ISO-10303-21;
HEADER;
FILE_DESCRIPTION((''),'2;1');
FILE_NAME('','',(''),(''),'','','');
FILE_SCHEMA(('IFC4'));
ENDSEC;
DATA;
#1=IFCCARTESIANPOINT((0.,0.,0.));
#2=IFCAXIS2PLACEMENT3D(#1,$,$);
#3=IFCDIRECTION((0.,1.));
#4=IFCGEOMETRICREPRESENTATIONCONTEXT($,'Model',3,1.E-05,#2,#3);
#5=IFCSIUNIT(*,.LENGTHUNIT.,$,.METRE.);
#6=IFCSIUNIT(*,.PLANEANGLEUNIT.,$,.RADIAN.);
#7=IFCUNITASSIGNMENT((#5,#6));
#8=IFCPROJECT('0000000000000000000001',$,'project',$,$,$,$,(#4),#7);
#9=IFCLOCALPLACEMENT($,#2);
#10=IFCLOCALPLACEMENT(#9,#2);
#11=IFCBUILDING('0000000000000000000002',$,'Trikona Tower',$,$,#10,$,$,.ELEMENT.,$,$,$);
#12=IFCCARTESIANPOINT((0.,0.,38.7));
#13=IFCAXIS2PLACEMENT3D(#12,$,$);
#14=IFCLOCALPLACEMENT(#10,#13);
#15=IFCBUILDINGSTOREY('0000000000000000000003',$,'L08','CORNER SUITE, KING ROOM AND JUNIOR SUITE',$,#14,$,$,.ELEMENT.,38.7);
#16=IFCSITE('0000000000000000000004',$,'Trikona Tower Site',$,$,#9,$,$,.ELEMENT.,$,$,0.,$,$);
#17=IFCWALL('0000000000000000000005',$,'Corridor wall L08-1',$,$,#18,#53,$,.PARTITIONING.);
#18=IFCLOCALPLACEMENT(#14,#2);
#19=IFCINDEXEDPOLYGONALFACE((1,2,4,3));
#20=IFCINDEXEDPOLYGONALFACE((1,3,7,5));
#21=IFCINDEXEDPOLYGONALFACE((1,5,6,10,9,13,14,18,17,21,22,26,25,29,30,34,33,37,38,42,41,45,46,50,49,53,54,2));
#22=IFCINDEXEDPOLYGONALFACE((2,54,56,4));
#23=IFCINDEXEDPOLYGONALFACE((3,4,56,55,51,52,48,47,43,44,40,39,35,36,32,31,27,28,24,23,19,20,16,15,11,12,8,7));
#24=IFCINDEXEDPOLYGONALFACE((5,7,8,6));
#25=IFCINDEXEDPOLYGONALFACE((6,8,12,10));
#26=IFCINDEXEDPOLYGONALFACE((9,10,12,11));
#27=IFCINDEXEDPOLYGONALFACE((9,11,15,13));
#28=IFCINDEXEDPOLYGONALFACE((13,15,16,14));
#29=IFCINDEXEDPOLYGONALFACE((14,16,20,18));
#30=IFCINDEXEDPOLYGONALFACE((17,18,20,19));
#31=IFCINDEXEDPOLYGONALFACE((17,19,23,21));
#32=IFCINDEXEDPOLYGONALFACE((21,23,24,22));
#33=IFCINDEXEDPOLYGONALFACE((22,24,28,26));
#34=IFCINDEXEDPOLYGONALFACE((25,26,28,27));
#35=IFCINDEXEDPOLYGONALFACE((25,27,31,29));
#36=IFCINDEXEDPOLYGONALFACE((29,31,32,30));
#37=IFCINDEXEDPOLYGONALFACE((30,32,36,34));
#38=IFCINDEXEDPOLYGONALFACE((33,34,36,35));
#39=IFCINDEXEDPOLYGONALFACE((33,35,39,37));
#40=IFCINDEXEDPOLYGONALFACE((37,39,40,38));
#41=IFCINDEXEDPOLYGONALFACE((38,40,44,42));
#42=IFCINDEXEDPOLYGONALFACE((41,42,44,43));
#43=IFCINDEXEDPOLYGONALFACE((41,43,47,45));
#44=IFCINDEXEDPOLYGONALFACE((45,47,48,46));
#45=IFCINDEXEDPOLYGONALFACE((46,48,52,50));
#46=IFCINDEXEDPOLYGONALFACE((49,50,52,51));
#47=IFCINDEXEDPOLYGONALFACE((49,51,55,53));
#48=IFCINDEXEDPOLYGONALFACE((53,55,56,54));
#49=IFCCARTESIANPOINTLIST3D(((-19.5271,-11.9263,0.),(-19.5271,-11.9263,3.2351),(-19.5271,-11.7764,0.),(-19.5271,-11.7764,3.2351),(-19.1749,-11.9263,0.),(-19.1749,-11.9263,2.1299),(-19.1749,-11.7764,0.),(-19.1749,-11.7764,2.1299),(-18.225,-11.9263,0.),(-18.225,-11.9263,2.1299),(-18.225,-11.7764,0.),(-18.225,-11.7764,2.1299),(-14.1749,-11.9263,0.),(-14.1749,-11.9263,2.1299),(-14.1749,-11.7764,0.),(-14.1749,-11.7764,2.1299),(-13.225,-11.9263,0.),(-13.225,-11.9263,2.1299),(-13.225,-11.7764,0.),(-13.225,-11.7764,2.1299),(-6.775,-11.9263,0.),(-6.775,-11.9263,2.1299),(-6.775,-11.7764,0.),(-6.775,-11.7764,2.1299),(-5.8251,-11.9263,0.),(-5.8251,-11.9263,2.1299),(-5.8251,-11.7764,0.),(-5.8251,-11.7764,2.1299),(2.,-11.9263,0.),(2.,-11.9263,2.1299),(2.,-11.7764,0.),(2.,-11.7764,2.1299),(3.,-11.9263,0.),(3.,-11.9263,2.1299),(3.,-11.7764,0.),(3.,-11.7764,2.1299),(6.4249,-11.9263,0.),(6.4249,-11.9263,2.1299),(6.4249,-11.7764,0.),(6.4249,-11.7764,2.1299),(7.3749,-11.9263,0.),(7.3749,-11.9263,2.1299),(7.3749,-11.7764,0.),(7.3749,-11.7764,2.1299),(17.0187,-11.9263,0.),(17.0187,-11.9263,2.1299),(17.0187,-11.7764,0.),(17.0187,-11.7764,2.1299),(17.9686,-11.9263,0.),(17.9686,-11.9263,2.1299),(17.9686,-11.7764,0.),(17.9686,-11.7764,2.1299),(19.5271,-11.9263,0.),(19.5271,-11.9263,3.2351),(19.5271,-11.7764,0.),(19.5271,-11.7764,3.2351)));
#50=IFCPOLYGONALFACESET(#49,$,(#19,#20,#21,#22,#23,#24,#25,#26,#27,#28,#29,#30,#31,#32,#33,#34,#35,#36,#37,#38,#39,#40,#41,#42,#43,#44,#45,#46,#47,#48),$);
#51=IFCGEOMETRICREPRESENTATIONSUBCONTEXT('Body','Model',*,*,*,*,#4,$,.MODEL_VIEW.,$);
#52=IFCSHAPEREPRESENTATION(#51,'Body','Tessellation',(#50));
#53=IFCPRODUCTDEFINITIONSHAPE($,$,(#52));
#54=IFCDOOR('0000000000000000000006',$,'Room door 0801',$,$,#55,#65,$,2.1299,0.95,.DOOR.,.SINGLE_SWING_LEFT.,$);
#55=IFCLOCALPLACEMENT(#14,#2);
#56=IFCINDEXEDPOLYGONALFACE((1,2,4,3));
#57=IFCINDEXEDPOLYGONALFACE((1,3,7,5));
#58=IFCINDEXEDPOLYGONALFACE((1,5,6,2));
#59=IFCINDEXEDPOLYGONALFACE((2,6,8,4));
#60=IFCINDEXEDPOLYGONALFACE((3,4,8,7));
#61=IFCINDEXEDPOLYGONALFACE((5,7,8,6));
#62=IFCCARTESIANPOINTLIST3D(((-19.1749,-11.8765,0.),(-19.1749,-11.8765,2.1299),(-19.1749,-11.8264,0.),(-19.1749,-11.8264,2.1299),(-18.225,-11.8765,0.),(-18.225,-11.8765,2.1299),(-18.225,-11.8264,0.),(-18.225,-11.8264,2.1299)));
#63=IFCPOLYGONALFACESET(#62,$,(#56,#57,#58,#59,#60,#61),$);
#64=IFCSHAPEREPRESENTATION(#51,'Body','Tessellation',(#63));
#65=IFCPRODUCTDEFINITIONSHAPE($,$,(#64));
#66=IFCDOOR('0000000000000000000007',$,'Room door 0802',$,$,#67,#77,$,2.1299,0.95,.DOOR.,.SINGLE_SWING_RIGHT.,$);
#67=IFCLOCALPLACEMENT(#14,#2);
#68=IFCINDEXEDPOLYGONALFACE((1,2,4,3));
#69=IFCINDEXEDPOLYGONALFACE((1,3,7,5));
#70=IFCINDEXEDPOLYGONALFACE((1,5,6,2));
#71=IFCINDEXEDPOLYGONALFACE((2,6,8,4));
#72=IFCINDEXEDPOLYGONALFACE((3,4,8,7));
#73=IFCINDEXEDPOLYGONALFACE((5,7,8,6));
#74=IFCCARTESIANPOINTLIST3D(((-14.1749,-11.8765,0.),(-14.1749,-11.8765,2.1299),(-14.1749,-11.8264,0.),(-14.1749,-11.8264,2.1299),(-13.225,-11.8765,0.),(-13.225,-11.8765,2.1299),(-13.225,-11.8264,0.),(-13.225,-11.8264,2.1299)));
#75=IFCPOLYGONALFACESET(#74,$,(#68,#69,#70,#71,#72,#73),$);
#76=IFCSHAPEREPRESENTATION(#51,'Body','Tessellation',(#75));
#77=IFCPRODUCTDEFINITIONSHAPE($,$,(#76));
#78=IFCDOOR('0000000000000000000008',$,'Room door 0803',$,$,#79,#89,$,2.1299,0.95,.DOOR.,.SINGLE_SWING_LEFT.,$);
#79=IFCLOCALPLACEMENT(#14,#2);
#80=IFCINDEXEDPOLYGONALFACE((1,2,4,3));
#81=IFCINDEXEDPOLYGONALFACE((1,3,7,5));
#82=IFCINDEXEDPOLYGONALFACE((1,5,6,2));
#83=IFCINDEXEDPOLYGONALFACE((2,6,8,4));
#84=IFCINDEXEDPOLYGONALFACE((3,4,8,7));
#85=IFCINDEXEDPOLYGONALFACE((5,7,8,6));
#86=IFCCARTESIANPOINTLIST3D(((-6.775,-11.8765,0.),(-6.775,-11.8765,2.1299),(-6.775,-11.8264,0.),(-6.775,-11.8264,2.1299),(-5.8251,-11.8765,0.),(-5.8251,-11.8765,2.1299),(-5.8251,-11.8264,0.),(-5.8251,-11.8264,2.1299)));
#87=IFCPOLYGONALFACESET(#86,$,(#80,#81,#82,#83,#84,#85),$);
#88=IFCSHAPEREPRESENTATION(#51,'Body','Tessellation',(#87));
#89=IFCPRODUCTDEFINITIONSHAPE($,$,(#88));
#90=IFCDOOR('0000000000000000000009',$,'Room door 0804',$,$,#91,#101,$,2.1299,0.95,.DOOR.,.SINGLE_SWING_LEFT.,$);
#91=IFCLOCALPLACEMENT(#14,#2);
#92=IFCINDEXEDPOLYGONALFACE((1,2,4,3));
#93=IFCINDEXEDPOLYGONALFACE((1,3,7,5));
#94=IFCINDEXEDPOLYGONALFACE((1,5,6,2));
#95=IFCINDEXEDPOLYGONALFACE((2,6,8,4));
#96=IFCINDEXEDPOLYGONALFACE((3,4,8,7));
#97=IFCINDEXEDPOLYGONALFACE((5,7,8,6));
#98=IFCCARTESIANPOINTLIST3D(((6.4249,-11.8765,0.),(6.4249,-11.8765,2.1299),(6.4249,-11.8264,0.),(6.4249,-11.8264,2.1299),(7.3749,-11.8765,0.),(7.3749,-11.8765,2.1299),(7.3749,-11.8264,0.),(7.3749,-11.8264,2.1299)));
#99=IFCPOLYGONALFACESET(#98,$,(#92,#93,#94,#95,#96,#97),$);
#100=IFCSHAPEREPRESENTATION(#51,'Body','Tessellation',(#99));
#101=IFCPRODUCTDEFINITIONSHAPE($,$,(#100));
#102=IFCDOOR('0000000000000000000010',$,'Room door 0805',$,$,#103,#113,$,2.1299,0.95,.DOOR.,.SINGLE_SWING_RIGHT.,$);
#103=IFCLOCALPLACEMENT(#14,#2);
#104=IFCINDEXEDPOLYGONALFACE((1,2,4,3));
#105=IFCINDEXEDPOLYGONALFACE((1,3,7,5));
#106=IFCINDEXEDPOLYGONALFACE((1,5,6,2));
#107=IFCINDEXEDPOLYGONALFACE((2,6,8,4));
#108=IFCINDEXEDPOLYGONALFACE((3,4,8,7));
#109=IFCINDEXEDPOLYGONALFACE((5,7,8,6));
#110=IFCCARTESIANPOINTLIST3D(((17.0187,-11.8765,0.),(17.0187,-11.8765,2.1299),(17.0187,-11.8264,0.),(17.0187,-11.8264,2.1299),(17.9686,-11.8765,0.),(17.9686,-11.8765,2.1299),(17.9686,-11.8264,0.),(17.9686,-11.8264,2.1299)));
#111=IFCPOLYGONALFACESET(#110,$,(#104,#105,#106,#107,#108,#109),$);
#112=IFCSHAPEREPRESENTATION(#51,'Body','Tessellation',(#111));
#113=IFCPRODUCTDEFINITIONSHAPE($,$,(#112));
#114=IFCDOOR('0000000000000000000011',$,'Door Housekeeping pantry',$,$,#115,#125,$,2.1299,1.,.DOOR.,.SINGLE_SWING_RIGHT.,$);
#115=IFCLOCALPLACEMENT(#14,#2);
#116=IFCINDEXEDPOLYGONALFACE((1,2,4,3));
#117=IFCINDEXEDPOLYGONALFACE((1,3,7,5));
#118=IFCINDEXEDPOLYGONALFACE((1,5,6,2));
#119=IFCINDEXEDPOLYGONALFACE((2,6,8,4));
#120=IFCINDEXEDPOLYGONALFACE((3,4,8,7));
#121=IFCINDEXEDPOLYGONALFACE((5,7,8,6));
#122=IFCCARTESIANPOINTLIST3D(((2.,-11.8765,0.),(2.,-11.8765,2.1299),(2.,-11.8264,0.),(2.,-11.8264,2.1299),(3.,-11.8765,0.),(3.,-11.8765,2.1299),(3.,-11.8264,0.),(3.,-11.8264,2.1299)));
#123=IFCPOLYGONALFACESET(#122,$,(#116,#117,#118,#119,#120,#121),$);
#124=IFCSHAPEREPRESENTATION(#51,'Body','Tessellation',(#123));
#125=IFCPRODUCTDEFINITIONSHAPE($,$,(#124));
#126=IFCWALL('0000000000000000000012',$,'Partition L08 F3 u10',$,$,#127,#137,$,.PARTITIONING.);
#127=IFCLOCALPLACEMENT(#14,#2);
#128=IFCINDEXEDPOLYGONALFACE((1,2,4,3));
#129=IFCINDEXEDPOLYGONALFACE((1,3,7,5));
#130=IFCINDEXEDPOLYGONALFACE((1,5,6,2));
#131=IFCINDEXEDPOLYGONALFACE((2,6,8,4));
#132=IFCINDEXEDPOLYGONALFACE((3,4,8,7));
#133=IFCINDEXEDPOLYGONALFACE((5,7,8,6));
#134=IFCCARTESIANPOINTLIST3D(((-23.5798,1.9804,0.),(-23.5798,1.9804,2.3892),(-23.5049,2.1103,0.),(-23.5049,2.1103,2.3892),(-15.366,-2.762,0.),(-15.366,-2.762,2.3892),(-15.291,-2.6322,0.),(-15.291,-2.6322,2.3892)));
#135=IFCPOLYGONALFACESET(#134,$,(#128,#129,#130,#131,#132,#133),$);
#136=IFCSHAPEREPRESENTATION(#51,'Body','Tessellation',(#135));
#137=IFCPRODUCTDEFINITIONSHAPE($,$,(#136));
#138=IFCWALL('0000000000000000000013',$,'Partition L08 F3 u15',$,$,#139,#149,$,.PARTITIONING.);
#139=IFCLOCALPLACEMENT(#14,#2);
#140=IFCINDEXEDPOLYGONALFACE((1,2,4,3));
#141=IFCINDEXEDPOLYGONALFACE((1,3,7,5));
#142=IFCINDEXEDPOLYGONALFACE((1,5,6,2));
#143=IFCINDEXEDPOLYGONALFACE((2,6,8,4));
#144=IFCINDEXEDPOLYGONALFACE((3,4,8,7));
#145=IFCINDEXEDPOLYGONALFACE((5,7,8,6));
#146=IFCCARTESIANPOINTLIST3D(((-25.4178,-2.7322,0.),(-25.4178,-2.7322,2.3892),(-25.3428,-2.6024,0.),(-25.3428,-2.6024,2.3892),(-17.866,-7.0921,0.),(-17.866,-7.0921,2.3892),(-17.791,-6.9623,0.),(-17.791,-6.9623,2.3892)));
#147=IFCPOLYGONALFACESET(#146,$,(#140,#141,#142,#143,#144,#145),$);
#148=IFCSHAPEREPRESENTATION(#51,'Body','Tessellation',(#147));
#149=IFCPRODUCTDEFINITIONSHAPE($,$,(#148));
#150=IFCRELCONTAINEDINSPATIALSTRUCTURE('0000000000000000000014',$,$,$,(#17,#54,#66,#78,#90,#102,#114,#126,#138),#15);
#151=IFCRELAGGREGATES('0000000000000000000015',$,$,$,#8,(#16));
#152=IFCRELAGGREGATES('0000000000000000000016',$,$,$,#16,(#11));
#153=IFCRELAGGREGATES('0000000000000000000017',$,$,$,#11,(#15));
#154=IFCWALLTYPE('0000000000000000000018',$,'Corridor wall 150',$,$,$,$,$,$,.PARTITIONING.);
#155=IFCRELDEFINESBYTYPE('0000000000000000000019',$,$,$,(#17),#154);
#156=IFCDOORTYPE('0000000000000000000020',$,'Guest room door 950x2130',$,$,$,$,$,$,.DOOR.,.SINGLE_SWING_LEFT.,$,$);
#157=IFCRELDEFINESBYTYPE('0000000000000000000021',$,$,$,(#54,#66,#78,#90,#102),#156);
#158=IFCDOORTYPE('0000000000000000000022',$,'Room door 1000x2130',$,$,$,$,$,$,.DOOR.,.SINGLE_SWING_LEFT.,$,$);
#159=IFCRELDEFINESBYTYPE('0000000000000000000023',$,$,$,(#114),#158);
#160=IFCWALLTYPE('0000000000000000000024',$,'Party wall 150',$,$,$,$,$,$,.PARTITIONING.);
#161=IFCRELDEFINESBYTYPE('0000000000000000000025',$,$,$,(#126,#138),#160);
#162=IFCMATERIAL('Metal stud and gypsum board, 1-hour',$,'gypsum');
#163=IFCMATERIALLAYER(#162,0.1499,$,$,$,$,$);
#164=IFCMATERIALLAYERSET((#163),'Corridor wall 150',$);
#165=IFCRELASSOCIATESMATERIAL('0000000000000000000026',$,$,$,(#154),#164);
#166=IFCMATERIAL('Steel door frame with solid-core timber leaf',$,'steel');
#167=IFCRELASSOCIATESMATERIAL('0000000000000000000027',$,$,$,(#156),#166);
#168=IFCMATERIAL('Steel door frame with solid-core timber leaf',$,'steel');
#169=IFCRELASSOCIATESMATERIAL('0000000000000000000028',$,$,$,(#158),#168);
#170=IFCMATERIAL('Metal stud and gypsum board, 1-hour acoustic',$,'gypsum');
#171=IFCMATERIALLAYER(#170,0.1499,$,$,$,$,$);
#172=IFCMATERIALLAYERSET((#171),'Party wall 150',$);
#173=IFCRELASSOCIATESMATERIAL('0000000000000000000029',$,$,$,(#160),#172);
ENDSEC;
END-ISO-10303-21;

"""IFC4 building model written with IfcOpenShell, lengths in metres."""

from ifc_helpers import new_model, si_unit, direction, frame, frame_2d, origin, place, context, subcontext, project, spatial, rectangle, extrude, material, layer, layer_set, type_object, element, fill, save


model = new_model("IFC4")

# Units and contexts
model_context = context("Model", 3, precision=1e-05, world=origin(), true_north=direction((0.0, 1.0)))
body_context = subcontext(model_context, "Body", "Model", "MODEL_VIEW")
ifc_project = project(units=[si_unit("LENGTHUNIT", "METRE"), si_unit("PLANEANGLEUNIT", "RADIAN")], contexts=[model_context])

# Site, building, storey
site_placement = place(None, origin())
site = spatial("IfcSite", under=ifc_project, at=site_placement, Name="Trikona Tower Site", CompositionType="ELEMENT", RefElevation=0.0)
building_placement = place(site_placement, origin())
building = spatial("IfcBuilding", under=site, at=building_placement, Name="Trikona Tower", CompositionType="ELEMENT")
storey_placement = place(building_placement, frame((0.0, 0.0, 38.7)))
storey = spatial("IfcBuildingStorey", under=building, at=storey_placement, Name="L08", Description="CORNER SUITE, KING ROOM AND JUNIOR SUITE", CompositionType="ELEMENT", Elevation=38.7)

# Wall, openings, doors
ifc_material_1 = material(Name="Metal stud and gypsum board, 1-hour", Category="gypsum")
ifc_layer_1 = layer(ifc_material_1, 0.1499)
ifc_layer_set_1 = layer_set([ifc_layer_1], Name="Corridor wall 150")
wall_type_1 = type_object("IfcWallType", Name="Corridor wall 150", PredefinedType="PARTITIONING", material=ifc_layer_set_1)
wall_1_placement = place(storey_placement, frame((-19.5271, -11.8513, 0.0), z_axis=(0.0, 0.0, 1.0), x_axis=(1.0, 0.0, 0.0)))
wall_1 = element("IfcWall", 1, at=wall_1_placement, inside=storey, type_object=wall_type_1, Name="Corridor wall L08-1", PredefinedType="PARTITIONING", context=body_context, shape_type="SweptSolid", body=[
    extrude(rectangle(XDim=39.0542, YDim=0.1499, at=frame_2d((19.5271, 0.0))), origin(), (0.0, 0.0, 1.0), 3.2351),
])
opening_1_placement = place(wall_1_placement, frame((0.3521, 0.0, 0.0)))
opening_1 = element("IfcOpeningElement", 2, at=opening_1_placement, cuts=wall_1, PredefinedType="OPENING", context=body_context, shape_type="SweptSolid", body=[
    extrude(rectangle(XDim=0.95, YDim=2.1299, at=frame_2d((0.4751, 1.0649))), frame((0.0, 0.085, 0.0), z_axis=(0.0, -1.0, 0.0), x_axis=(1.0, 0.0, 0.0)), (0.0, 0.0, 1.0), 0.1699),
])
opening_2_placement = place(wall_1_placement, frame((5.3521, 0.0, 0.0)))
opening_2 = element("IfcOpeningElement", 3, at=opening_2_placement, cuts=wall_1, PredefinedType="OPENING", context=body_context, shape_type="SweptSolid", body=[
    extrude(rectangle(XDim=0.95, YDim=2.1299, at=frame_2d((0.4751, 1.0649))), frame((0.0, 0.085, 0.0), z_axis=(0.0, -1.0, 0.0), x_axis=(1.0, 0.0, 0.0)), (0.0, 0.0, 1.0), 0.1699),
])
opening_3_placement = place(wall_1_placement, frame((12.752, 0.0, 0.0)))
opening_3 = element("IfcOpeningElement", 4, at=opening_3_placement, cuts=wall_1, PredefinedType="OPENING", context=body_context, shape_type="SweptSolid", body=[
    extrude(rectangle(XDim=0.95, YDim=2.1299, at=frame_2d((0.4751, 1.0649))), frame((0.0, 0.085, 0.0), z_axis=(0.0, -1.0, 0.0), x_axis=(1.0, 0.0, 0.0)), (0.0, 0.0, 1.0), 0.1699),
])
opening_4_placement = place(wall_1_placement, frame((21.5271, 0.0, 0.0)))
opening_4 = element("IfcOpeningElement", 5, at=opening_4_placement, cuts=wall_1, PredefinedType="OPENING", context=body_context, shape_type="SweptSolid", body=[
    extrude(rectangle(XDim=1.0, YDim=2.1299, at=frame_2d((0.5, 1.0649))), frame((0.0, 0.085, 0.0), z_axis=(0.0, -1.0, 0.0), x_axis=(1.0, 0.0, 0.0)), (0.0, 0.0, 1.0), 0.1699),
])
opening_5_placement = place(wall_1_placement, frame((25.9519, 0.0, 0.0)))
opening_5 = element("IfcOpeningElement", 6, at=opening_5_placement, cuts=wall_1, PredefinedType="OPENING", context=body_context, shape_type="SweptSolid", body=[
    extrude(rectangle(XDim=0.95, YDim=2.1299, at=frame_2d((0.4751, 1.0649))), frame((0.0, 0.085, 0.0), z_axis=(0.0, -1.0, 0.0), x_axis=(1.0, 0.0, 0.0)), (0.0, 0.0, 1.0), 0.1699),
])
opening_6_placement = place(wall_1_placement, frame((36.5457, 0.0, 0.0)))
opening_6 = element("IfcOpeningElement", 7, at=opening_6_placement, cuts=wall_1, PredefinedType="OPENING", context=body_context, shape_type="SweptSolid", body=[
    extrude(rectangle(XDim=0.95, YDim=2.1299, at=frame_2d((0.4751, 1.0649))), frame((0.0, 0.085, 0.0), z_axis=(0.0, -1.0, 0.0), x_axis=(1.0, 0.0, 0.0)), (0.0, 0.0, 1.0), 0.1699),
])
ifc_material_2 = material(Name="Steel door frame with solid-core timber leaf", Category="steel")
door_type_1 = type_object("IfcDoorType", Name="Guest room door 950x2130", OperationType="SINGLE_SWING_LEFT", PredefinedType="DOOR", material=ifc_material_2)
door_1_placement = place(opening_1_placement, origin())
door_1 = element("IfcDoor", 8, at=door_1_placement, inside=storey, type_object=door_type_1, Name="Room door 0801", OperationType="SINGLE_SWING_LEFT", OverallHeight=2.1299, OverallWidth=0.95, PredefinedType="DOOR", context=body_context, shape_type="SweptSolid", body=[
    extrude(rectangle(XDim=0.95, YDim=2.1299, at=frame_2d((0.4751, 1.0649))), frame((0.0, 0.0249, 0.0), z_axis=(0.0, -1.0, 0.0), x_axis=(1.0, 0.0, 0.0)), (0.0, 0.0, 1.0), 0.05),
])
fill(opening_1, door_1)
door_2_placement = place(opening_2_placement, origin())
door_2 = element("IfcDoor", 9, at=door_2_placement, inside=storey, type_object=door_type_1, Name="Room door 0802", OperationType="SINGLE_SWING_RIGHT", OverallHeight=2.1299, OverallWidth=0.95, PredefinedType="DOOR", context=body_context, shape_type="SweptSolid", body=[
    extrude(rectangle(XDim=0.95, YDim=2.1299, at=frame_2d((0.4751, 1.0649))), frame((0.0, 0.0249, 0.0), z_axis=(0.0, -1.0, 0.0), x_axis=(1.0, 0.0, 0.0)), (0.0, 0.0, 1.0), 0.05),
])
fill(opening_2, door_2)
door_3_placement = place(opening_3_placement, origin())
door_3 = element("IfcDoor", 10, at=door_3_placement, inside=storey, type_object=door_type_1, Name="Room door 0803", OperationType="SINGLE_SWING_LEFT", OverallHeight=2.1299, OverallWidth=0.95, PredefinedType="DOOR", context=body_context, shape_type="SweptSolid", body=[
    extrude(rectangle(XDim=0.95, YDim=2.1299, at=frame_2d((0.4751, 1.0649))), frame((0.0, 0.0249, 0.0), z_axis=(0.0, -1.0, 0.0), x_axis=(1.0, 0.0, 0.0)), (0.0, 0.0, 1.0), 0.05),
])
fill(opening_3, door_3)
door_4_placement = place(opening_5_placement, origin())
door_4 = element("IfcDoor", 11, at=door_4_placement, inside=storey, type_object=door_type_1, Name="Room door 0804", OperationType="SINGLE_SWING_LEFT", OverallHeight=2.1299, OverallWidth=0.95, PredefinedType="DOOR", context=body_context, shape_type="SweptSolid", body=[
    extrude(rectangle(XDim=0.95, YDim=2.1299, at=frame_2d((0.4751, 1.0649))), frame((0.0, 0.0249, 0.0), z_axis=(0.0, -1.0, 0.0), x_axis=(1.0, 0.0, 0.0)), (0.0, 0.0, 1.0), 0.05),
])
fill(opening_5, door_4)
door_5_placement = place(opening_6_placement, origin())
door_5 = element("IfcDoor", 12, at=door_5_placement, inside=storey, type_object=door_type_1, Name="Room door 0805", OperationType="SINGLE_SWING_RIGHT", OverallHeight=2.1299, OverallWidth=0.95, PredefinedType="DOOR", context=body_context, shape_type="SweptSolid", body=[
    extrude(rectangle(XDim=0.95, YDim=2.1299, at=frame_2d((0.4751, 1.0649))), frame((0.0, 0.0249, 0.0), z_axis=(0.0, -1.0, 0.0), x_axis=(1.0, 0.0, 0.0)), (0.0, 0.0, 1.0), 0.05),
])
fill(opening_6, door_5)
ifc_material_3 = material(Name="Steel door frame with solid-core timber leaf", Category="steel")
door_type_2 = type_object("IfcDoorType", Name="Room door 1000x2130", OperationType="SINGLE_SWING_LEFT", PredefinedType="DOOR", material=ifc_material_3)
door_6_placement = place(opening_4_placement, origin())
door_6 = element("IfcDoor", 13, at=door_6_placement, inside=storey, type_object=door_type_2, Name="Door Housekeeping pantry", OperationType="SINGLE_SWING_RIGHT", OverallHeight=2.1299, OverallWidth=1.0, PredefinedType="DOOR", context=body_context, shape_type="SweptSolid", body=[
    extrude(rectangle(XDim=1.0, YDim=2.1299, at=frame_2d((0.5, 1.0649))), frame((0.0, 0.0249, 0.0), z_axis=(0.0, -1.0, 0.0), x_axis=(1.0, 0.0, 0.0)), (0.0, 0.0, 1.0), 0.05),
])
fill(opening_4, door_6)

# Walls
ifc_material_4 = material(Name="Metal stud and gypsum board, 1-hour acoustic", Category="gypsum")
ifc_layer_2 = layer(ifc_material_4, 0.1499)
ifc_layer_set_2 = layer_set([ifc_layer_2], Name="Party wall 150")
wall_type_2 = type_object("IfcWallType", Name="Party wall 150", PredefinedType="PARTITIONING", material=ifc_layer_set_2)
wall_2_placement = place(storey_placement, frame((-15.3286, -2.697, 0.0), z_axis=(0.0, 0.0, 1.0), x_axis=(-0.866018, 0.500012, 0.0)))
element("IfcWall", 14, at=wall_2_placement, inside=storey, type_object=wall_type_2, Name="Partition L08 F3 u10", PredefinedType="PARTITIONING", context=body_context, shape_type="SweptSolid", body=[
    extrude(rectangle(XDim=9.4846, YDim=0.1499, at=frame_2d((4.7422, 0.0))), origin(), (0.0, 0.0, 1.0), 2.3892),
])
wall_3_placement = place(storey_placement, frame((-17.8286, -7.0271, 0.0), z_axis=(0.0, 0.0, 1.0), x_axis=(-0.866033, 0.499987, 0.0)))
element("IfcWall", 15, at=wall_3_placement, inside=storey, type_object=wall_type_2, Name="Partition L08 F3 u15", PredefinedType="PARTITIONING", context=body_context, shape_type="SweptSolid", body=[
    extrude(rectangle(XDim=8.72, YDim=0.1499, at=frame_2d((4.3599, 0.0))), origin(), (0.0, 0.0, 1.0), 2.3892),
])

save(model, "model.ifc")
